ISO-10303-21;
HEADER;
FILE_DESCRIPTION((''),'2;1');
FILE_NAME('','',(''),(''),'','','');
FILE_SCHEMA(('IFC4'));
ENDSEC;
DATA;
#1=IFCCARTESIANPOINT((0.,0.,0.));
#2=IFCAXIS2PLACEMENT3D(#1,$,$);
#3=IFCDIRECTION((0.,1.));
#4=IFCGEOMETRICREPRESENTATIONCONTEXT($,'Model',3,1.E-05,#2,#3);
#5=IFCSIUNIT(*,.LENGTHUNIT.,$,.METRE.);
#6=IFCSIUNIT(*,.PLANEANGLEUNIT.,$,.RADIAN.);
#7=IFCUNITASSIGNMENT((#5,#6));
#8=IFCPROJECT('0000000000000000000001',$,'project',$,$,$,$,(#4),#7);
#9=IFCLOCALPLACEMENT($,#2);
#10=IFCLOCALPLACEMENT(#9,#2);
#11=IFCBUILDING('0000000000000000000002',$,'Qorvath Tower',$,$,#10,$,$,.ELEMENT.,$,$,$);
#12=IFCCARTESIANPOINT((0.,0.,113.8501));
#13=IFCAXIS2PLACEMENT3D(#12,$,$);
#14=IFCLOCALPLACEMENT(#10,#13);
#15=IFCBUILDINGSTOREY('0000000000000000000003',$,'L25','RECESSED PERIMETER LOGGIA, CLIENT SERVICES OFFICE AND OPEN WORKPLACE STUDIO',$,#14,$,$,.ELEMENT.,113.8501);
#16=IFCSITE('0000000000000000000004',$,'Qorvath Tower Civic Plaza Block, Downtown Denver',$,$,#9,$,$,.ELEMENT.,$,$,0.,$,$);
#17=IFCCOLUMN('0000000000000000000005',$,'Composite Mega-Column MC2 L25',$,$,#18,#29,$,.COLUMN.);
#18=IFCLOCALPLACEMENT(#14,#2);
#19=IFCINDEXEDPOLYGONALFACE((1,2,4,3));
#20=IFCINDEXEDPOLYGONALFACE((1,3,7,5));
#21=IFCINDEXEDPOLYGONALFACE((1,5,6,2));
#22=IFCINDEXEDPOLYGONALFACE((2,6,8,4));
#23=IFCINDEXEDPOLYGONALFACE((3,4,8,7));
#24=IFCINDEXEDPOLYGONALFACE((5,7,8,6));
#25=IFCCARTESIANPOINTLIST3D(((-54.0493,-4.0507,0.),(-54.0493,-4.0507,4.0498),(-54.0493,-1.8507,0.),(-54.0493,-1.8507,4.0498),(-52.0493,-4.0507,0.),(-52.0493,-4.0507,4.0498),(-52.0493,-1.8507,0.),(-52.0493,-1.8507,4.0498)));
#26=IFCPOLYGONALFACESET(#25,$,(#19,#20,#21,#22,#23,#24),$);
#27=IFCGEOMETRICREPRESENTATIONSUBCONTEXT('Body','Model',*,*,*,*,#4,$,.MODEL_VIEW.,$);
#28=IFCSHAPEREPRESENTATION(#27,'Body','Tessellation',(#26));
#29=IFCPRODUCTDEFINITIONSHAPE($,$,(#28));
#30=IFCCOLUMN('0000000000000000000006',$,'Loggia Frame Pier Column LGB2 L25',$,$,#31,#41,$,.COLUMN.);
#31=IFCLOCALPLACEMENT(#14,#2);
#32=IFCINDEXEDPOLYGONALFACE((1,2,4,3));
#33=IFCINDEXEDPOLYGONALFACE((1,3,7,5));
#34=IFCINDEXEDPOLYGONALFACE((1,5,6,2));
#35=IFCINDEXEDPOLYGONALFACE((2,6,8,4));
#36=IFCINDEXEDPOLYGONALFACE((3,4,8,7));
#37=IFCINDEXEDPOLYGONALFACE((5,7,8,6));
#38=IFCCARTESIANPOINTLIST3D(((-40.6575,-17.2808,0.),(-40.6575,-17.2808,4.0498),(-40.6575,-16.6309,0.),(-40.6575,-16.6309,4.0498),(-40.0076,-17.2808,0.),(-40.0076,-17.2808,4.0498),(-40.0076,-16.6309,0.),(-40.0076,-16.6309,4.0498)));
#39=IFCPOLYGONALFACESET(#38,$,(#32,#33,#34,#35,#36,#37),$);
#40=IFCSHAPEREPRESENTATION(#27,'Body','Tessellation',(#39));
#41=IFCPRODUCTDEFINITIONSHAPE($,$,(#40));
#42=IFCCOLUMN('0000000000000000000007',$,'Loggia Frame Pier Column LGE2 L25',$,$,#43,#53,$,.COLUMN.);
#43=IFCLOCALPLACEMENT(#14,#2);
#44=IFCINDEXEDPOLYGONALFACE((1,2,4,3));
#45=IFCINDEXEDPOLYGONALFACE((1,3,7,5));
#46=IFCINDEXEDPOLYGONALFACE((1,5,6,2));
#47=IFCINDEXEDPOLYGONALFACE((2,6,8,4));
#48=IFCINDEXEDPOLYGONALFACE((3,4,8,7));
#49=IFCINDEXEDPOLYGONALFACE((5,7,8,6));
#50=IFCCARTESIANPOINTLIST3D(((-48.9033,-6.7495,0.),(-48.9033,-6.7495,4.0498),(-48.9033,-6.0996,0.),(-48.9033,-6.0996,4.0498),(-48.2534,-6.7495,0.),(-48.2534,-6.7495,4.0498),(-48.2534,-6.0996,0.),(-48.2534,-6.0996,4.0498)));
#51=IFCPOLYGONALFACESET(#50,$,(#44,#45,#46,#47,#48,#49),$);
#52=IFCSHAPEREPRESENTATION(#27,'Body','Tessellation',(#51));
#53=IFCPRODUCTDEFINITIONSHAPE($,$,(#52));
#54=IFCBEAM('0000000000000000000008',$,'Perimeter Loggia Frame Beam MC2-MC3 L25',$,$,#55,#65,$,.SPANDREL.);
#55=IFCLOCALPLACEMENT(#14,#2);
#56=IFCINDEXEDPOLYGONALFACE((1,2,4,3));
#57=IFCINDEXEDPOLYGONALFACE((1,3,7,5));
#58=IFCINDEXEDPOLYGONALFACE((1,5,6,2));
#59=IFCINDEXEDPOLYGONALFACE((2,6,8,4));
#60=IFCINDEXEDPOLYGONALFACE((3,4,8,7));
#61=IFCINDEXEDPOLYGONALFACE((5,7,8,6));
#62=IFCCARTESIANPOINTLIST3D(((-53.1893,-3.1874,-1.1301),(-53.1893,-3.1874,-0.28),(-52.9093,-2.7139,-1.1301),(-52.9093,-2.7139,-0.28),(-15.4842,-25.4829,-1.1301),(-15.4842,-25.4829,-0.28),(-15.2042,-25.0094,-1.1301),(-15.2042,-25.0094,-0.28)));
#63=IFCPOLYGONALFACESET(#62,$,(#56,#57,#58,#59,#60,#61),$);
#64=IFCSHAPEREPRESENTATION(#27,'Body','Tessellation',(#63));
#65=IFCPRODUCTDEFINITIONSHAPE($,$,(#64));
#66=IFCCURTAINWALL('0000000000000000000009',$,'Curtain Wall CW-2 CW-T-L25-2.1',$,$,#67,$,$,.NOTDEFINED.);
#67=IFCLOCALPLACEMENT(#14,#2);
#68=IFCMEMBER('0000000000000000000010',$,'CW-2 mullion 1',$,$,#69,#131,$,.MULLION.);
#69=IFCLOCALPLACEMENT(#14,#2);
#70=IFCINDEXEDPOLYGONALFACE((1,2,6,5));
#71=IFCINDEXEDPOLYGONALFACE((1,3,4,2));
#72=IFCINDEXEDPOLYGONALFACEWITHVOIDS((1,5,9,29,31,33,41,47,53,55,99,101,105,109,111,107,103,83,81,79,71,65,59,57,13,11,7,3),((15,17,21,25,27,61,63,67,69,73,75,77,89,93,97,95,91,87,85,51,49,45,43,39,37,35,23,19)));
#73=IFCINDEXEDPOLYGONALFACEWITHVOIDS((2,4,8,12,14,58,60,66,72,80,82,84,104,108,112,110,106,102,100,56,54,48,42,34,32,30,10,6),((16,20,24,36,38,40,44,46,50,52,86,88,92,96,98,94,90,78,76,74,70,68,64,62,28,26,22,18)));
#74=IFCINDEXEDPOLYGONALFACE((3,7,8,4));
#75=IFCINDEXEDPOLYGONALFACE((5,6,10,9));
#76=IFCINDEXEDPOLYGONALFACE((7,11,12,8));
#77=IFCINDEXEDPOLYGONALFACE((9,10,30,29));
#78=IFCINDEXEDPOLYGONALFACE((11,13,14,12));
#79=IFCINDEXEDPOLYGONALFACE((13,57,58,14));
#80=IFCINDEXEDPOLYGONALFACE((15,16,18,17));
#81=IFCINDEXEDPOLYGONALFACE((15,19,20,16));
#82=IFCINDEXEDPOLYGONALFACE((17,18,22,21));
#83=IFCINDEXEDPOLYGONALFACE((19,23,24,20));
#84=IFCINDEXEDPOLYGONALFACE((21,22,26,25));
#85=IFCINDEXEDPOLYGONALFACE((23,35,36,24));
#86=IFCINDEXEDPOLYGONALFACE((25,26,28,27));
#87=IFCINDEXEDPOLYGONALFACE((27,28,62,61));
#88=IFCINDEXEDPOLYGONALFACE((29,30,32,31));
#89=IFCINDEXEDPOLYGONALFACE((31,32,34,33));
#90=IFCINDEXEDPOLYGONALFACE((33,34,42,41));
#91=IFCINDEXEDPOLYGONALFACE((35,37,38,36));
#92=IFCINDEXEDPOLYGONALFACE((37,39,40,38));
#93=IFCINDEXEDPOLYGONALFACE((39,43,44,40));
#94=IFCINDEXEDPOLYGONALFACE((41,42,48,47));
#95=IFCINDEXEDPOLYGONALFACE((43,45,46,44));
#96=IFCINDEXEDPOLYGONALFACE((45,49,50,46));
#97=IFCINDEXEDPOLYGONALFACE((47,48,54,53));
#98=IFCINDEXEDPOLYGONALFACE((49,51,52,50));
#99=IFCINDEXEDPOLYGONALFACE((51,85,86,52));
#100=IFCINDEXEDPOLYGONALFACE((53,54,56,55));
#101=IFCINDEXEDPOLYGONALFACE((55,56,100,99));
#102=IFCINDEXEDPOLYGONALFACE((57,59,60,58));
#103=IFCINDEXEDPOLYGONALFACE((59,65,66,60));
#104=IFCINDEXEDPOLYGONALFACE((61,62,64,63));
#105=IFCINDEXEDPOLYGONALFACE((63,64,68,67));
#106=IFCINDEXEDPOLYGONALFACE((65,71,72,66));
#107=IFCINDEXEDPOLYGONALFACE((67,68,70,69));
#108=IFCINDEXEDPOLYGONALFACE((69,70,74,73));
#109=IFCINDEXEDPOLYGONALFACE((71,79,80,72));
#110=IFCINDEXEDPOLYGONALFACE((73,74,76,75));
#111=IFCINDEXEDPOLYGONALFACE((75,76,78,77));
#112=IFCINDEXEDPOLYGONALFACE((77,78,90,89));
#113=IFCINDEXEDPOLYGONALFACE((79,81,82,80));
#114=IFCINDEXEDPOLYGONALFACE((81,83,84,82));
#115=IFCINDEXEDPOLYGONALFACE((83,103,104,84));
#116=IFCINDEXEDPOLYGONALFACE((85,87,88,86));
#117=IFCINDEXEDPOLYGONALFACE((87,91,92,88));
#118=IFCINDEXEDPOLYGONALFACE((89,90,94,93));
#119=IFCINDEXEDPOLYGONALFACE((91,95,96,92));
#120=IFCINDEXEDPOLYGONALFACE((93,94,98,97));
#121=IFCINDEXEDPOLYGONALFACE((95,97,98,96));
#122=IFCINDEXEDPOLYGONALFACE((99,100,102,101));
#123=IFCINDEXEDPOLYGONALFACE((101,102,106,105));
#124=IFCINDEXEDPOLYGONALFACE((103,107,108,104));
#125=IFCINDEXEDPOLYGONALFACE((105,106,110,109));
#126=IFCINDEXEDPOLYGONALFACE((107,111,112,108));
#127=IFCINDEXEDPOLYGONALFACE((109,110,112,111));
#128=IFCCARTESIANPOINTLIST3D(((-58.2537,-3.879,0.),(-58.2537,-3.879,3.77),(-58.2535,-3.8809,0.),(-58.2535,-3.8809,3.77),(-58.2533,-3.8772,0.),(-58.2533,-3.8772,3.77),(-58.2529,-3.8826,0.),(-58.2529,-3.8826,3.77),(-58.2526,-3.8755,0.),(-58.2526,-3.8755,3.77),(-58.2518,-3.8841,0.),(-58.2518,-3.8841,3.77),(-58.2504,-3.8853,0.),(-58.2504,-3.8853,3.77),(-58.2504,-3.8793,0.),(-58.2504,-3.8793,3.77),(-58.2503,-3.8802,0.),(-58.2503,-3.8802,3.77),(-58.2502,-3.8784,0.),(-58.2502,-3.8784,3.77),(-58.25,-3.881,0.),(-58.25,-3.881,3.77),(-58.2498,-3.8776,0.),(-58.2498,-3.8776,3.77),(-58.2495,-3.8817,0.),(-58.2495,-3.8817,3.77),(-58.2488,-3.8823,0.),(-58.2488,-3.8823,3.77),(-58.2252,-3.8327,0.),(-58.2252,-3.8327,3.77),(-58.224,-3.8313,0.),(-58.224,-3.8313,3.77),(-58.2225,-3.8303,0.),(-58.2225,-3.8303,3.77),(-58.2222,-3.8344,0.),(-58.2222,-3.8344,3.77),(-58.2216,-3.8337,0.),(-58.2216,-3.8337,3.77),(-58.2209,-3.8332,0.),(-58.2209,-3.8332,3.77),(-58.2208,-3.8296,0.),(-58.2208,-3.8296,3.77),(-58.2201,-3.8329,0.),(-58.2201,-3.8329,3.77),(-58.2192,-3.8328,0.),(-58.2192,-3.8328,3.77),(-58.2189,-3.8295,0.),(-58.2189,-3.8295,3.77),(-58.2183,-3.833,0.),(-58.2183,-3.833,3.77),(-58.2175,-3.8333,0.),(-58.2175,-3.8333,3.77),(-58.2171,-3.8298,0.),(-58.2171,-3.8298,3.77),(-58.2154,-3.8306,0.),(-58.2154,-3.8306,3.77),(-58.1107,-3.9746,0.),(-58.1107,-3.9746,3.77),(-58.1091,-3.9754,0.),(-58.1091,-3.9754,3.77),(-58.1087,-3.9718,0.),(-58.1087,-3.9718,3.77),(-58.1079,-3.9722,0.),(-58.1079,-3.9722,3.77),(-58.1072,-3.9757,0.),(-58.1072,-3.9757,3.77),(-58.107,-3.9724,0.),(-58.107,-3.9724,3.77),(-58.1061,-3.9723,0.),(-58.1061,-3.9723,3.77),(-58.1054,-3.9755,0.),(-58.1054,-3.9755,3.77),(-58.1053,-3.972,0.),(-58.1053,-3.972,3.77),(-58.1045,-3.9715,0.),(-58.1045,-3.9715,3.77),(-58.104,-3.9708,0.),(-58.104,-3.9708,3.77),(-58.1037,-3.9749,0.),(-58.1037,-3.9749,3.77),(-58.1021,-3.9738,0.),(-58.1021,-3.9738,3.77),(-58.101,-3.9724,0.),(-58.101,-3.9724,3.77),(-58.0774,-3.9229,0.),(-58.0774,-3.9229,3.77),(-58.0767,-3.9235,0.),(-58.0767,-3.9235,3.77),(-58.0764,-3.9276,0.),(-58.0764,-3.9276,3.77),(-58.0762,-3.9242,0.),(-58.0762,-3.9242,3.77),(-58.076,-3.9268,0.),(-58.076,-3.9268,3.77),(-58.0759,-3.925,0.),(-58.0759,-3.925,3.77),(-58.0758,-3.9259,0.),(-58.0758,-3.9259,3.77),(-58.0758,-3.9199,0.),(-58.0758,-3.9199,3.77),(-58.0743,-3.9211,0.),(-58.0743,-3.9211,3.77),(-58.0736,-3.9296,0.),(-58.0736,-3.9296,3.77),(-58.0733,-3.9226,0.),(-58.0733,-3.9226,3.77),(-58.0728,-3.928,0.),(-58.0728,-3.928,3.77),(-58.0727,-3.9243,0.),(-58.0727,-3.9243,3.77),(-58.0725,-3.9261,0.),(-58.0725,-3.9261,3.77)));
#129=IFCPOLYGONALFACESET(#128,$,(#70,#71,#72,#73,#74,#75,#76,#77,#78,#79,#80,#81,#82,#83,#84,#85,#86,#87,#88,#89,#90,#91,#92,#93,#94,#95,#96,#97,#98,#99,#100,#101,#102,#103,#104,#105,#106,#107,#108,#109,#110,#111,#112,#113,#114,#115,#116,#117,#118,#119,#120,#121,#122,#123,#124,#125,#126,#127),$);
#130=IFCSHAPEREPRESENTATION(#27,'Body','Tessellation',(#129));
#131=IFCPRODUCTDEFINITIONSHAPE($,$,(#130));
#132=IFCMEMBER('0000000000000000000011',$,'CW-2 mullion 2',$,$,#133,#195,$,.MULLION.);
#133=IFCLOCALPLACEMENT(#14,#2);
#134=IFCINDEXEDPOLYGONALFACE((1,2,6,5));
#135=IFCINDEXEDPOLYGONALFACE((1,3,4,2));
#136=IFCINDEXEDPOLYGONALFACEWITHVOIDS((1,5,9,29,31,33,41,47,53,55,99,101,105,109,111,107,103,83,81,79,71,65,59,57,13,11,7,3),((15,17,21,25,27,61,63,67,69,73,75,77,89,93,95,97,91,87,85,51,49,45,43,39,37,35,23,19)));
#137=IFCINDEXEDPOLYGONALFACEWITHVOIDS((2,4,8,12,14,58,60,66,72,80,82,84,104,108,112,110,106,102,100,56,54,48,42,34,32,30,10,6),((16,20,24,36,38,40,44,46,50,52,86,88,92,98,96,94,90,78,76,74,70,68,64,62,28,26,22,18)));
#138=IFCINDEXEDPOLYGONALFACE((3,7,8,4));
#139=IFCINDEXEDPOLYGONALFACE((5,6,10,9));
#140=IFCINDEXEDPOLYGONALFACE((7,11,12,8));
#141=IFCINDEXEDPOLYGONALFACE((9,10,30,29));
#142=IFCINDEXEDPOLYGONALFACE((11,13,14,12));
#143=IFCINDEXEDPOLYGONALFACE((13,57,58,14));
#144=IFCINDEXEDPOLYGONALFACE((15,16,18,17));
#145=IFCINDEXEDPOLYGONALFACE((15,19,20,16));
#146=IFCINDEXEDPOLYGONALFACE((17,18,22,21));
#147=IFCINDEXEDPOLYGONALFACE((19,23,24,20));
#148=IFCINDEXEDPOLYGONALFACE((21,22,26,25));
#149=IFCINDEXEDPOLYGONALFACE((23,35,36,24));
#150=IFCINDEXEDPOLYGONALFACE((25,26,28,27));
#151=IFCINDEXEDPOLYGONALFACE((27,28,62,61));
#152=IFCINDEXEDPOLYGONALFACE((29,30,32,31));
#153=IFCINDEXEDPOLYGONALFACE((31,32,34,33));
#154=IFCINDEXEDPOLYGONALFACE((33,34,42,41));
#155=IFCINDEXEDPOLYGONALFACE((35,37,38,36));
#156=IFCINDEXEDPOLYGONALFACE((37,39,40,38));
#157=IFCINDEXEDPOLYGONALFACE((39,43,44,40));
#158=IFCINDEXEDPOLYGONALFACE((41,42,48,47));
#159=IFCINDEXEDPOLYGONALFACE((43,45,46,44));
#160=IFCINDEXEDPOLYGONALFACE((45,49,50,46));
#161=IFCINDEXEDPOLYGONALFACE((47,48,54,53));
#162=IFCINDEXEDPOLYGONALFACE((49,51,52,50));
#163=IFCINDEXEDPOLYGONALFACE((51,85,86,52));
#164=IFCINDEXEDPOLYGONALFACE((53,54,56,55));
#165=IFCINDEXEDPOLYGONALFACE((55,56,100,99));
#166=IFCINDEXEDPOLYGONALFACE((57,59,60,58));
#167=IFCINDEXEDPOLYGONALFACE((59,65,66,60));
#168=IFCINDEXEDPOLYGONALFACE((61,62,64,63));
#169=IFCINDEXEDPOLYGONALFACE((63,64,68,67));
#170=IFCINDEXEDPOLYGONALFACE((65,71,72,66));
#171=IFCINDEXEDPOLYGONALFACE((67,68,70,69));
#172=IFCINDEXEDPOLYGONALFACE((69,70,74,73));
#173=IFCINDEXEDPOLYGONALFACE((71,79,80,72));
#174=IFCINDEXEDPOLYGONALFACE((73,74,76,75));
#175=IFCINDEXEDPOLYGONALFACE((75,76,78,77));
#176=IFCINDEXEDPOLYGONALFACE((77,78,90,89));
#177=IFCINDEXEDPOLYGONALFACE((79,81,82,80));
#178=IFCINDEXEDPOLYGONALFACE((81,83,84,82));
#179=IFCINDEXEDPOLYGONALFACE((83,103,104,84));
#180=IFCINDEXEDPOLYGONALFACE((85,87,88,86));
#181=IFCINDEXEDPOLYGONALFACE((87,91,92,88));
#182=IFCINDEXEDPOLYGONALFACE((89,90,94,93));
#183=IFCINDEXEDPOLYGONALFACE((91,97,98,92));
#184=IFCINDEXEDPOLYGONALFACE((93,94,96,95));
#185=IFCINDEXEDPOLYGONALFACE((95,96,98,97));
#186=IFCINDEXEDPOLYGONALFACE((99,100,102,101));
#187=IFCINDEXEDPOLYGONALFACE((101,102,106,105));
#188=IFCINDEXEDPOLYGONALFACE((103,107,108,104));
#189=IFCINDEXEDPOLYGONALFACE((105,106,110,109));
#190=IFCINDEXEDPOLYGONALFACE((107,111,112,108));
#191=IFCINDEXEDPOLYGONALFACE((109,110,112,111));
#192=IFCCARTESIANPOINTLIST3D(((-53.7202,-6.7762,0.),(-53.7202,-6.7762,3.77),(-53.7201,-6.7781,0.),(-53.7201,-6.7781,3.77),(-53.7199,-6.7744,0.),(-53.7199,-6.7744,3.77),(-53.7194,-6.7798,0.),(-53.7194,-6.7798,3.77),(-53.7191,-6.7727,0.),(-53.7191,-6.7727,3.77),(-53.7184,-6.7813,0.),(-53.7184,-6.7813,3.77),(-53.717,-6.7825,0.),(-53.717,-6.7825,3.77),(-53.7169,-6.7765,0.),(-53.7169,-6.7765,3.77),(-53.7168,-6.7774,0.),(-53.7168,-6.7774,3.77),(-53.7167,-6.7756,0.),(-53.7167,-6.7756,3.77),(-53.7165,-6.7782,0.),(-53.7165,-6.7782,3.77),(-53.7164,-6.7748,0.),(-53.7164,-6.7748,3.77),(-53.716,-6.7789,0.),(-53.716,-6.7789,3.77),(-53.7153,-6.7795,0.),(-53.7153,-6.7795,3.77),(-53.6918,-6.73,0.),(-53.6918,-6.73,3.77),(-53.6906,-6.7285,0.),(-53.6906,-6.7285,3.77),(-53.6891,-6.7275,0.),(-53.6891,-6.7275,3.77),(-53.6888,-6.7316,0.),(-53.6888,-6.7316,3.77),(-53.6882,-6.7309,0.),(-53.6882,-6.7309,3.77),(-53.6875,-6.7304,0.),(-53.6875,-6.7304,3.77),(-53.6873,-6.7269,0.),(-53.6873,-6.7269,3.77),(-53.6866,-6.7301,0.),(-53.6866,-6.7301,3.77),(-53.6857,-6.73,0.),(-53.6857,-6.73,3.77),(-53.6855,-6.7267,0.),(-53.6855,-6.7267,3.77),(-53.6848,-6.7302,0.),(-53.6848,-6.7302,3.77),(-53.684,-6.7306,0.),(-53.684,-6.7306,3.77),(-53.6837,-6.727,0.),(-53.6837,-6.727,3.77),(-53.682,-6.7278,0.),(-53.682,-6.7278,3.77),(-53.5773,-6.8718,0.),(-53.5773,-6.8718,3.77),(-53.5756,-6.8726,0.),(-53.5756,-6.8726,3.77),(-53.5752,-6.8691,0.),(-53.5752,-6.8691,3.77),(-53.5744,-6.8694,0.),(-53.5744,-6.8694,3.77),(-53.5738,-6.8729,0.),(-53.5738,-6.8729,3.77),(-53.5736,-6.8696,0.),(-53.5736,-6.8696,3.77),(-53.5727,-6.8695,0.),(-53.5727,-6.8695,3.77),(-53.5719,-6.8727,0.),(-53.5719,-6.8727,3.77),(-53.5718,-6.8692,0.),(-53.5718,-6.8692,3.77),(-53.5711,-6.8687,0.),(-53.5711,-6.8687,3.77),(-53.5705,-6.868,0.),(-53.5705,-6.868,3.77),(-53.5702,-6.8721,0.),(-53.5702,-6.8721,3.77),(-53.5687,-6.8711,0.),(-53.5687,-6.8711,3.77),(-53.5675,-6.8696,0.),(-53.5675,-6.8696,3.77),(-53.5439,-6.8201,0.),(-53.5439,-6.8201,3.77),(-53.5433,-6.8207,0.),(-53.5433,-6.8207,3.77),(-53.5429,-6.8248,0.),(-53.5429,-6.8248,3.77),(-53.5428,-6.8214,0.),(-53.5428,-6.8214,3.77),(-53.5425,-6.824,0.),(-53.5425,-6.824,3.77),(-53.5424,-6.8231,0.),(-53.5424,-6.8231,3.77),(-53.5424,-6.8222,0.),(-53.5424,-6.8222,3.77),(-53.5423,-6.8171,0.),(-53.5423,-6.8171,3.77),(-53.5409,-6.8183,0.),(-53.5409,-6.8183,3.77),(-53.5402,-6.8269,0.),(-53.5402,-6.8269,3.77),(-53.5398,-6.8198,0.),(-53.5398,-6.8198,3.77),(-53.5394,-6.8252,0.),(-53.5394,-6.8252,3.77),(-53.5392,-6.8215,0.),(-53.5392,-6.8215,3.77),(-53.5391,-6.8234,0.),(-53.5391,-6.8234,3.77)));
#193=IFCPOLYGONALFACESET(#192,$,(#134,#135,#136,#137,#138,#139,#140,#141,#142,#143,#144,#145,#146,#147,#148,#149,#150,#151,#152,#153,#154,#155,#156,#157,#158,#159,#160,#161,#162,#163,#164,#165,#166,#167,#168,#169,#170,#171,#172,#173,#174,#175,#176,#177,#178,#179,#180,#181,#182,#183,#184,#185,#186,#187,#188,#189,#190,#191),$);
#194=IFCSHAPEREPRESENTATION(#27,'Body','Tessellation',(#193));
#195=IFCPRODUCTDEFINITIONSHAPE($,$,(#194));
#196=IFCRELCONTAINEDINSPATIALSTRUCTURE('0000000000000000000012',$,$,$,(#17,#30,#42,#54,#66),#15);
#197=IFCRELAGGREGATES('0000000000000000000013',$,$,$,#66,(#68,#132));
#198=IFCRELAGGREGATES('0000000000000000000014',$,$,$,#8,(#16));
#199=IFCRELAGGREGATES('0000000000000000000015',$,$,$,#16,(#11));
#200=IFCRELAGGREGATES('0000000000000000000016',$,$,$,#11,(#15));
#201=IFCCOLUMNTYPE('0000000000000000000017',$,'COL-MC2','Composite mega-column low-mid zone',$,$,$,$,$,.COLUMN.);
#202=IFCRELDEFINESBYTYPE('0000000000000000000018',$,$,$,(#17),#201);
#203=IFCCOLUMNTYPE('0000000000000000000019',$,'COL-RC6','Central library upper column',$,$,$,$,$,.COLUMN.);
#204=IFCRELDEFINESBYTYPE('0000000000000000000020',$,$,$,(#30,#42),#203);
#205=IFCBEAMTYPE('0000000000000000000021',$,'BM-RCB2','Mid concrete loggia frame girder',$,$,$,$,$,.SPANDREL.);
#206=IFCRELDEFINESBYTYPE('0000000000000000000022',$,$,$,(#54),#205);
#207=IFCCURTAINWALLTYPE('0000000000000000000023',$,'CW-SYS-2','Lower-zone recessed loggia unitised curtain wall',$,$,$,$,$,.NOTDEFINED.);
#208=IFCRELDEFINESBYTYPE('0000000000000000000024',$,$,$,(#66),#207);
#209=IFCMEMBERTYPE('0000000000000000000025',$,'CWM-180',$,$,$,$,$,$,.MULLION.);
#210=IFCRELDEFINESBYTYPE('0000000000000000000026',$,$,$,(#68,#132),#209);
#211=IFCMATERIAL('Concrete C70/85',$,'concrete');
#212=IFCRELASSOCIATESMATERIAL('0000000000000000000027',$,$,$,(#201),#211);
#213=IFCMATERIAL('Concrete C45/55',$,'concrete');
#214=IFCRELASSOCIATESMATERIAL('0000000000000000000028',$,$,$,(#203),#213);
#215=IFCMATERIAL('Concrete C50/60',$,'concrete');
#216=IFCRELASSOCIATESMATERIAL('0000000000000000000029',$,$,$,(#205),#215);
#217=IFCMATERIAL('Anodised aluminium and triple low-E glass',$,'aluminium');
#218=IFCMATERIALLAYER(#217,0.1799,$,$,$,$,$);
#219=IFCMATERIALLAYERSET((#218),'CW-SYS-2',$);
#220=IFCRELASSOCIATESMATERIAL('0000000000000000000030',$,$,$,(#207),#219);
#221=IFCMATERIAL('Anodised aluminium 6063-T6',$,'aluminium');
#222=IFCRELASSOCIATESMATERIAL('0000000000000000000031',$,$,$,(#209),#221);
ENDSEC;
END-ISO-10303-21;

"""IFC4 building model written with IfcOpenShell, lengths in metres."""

from ifc_helpers import new_model, si_unit, direction, frame, origin, origin_2d, place, context, subcontext, project, spatial, rectangle, hollow_rectangle, extrude, material, layer, layer_set, material_profile, profile_set, type_object, element, aggregate, save


model = new_model("IFC4")

# Units and contexts
model_context = context("Model", 3, precision=1e-05, world=origin(), true_north=direction((0.0, 1.0)))
body_context = subcontext(model_context, "Body", "Model", "MODEL_VIEW")
ifc_project = project(units=[si_unit("LENGTHUNIT", "METRE"), si_unit("PLANEANGLEUNIT", "RADIAN")], contexts=[model_context])

# Site, building, storey
site_placement = place(None, origin())
site = spatial("IfcSite", under=ifc_project, at=site_placement, Name="Qorvath Tower Civic Plaza Block, Downtown Denver", CompositionType="ELEMENT", RefElevation=0.0)
building_placement = place(site_placement, origin())
building = spatial("IfcBuilding", under=site, at=building_placement, Name="Qorvath Tower", CompositionType="ELEMENT")
storey_placement = place(building_placement, frame((0.0, 0.0, 113.8501)))
storey = spatial("IfcBuildingStorey", under=building, at=storey_placement, Name="L25", Description="RECESSED PERIMETER LOGGIA, CLIENT SERVICES OFFICE AND OPEN WORKPLACE STUDIO", CompositionType="ELEMENT", Elevation=113.8501)

# Columns
ifc_material_1 = material(Name="Concrete C70/85", Category="concrete")
ifc_material_profile_1 = material_profile(ifc_material_1, rectangle(XDim=2.0, YDim=2.2, at=origin_2d()), Name="MC 2200x2000")
ifc_profile_set_1 = profile_set([ifc_material_profile_1], Name="Concrete C70/85")
column_type_1 = type_object("IfcColumnType", Name="COL-MC2", Description="Composite mega-column low-mid zone", PredefinedType="COLUMN", material=ifc_profile_set_1)
column_placement = place(storey_placement, frame((-53.0493, -2.9507, 0.0), z_axis=(0.0, 0.0, 1.0), x_axis=(1.0, 0.0, 0.0)))
element("IfcColumn", 1, at=column_placement, inside=storey, type_object=column_type_1, Name="Composite Mega-Column MC2 L25", PredefinedType="COLUMN", context=body_context, shape_type="SweptSolid", body=[
    extrude(rectangle(XDim=2.0, YDim=2.2, at=origin_2d()), origin(), (0.0, 0.0, 1.0), 4.0498),
])
ifc_material_2 = material(Name="Concrete C45/55", Category="concrete")
ifc_material_profile_2 = material_profile(ifc_material_2, rectangle(XDim=0.6499, YDim=0.6499, at=origin_2d()), Name="RC 650x650")
ifc_profile_set_2 = profile_set([ifc_material_profile_2], Name="Concrete C45/55")
column_type_2 = type_object("IfcColumnType", Name="COL-RC6", Description="Central library upper column", PredefinedType="COLUMN", material=ifc_profile_set_2)
for number, where, z_axis, x_axis, name in (
    (2, (-40.3325, -16.9558, 0.0), (0.0, 0.0, 1.0), (1.0, 0.0, 0.0), "Loggia Frame Pier Column LGB2 L25"),
    (3, (-48.5784, -6.4246, 0.0), (0.0, 0.0, 1.0), (1.0, 0.0, 0.0), "Loggia Frame Pier Column LGE2 L25"),
):
    element("IfcColumn", number, at=place(storey_placement, frame(where, z_axis=z_axis, x_axis=x_axis)), inside=storey, type_object=column_type_2, Name=name, PredefinedType="COLUMN", context=body_context, shape_type="SweptSolid", body=[
        extrude(rectangle(XDim=0.6499, YDim=0.6499, at=origin_2d()), origin(), (0.0, 0.0, 1.0), 4.0498),
    ])

# Beam
ifc_material_3 = material(Name="Concrete C50/60", Category="concrete")
ifc_material_profile_3 = material_profile(ifc_material_3, rectangle(XDim=0.55, YDim=0.8501, at=origin_2d()), Name="RCB 850x550")
ifc_profile_set_3 = profile_set([ifc_material_profile_3], Name="Concrete C50/60")
beam_type = type_object("IfcBeamType", Name="BM-RCB2", Description="Mid concrete loggia frame girder", PredefinedType="SPANDREL", material=ifc_profile_set_3)
beam_placement = place(storey_placement, frame((-53.0493, -2.9507, -0.7051), z_axis=(0.860775, -0.508985, 0.0), x_axis=(0.508985, 0.860775, 0.0)))
element("IfcBeam", 4, at=beam_placement, inside=storey, type_object=beam_type, Name="Perimeter Loggia Frame Beam MC2-MC3 L25", PredefinedType="SPANDREL", context=body_context, shape_type="SweptSolid", body=[
    extrude(rectangle(XDim=0.55, YDim=0.8501, at=origin_2d()), origin(), (0.0, 0.0, 1.0), 43.8037),
])

# Curtain wall, members
ifc_material_4 = material(Name="Anodised aluminium and triple low-E glass", Category="aluminium")
ifc_layer_1 = layer(ifc_material_4, 0.1799)
ifc_layer_set_1 = layer_set([ifc_layer_1], Name="CW-SYS-2")
curtain_wall_type = type_object("IfcCurtainWallType", Name="CW-SYS-2", Description="Lower-zone recessed loggia unitised curtain wall", PredefinedType="NOTDEFINED", material=ifc_layer_set_1)
curtain_wall_placement = place(storey_placement, origin())
curtain_wall = element("IfcCurtainWall", 5, at=curtain_wall_placement, inside=storey, type_object=curtain_wall_type, Name="Curtain Wall CW-2 CW-T-L25-2.1", PredefinedType="NOTDEFINED")
ifc_material_5 = material(Name="Anodised aluminium 6063-T6", Category="aluminium")
ifc_material_profile_4 = material_profile(ifc_material_5, hollow_rectangle(XDim=0.0649, YDim=0.1799, WallThickness=0.0034, InnerFilletRadius=0.0034, OuterFilletRadius=0.0071, at=origin_2d()), Name="CWM 180x65")
ifc_profile_set_4 = profile_set([ifc_material_profile_4], Name="Anodised aluminium 6063-T6")
member_type_1 = type_object("IfcMemberType", Name="CWM-180", PredefinedType="MULLION", material=ifc_profile_set_4)
member_1_placement = place(storey_placement, frame((-58.1631, -3.9026, 0.0), z_axis=(0.0, 0.0, 1.0), x_axis=(0.53853, 0.842606, 0.0)))
member_1 = element("IfcMember", 6, at=member_1_placement, type_object=member_type_1, Name="CW-2 mullion 1", PredefinedType="MULLION", context=body_context, shape_type="SweptSolid", body=[
    extrude(hollow_rectangle(XDim=0.0649, YDim=0.1799, WallThickness=0.0034, InnerFilletRadius=0.0034, OuterFilletRadius=0.0071, at=origin_2d()), origin(), (0.0, 0.0, 1.0), 3.77),
])
member_2_placement = place(storey_placement, frame((-53.6296, -6.7998, 0.0), z_axis=(0.0, 0.0, 1.0), x_axis=(0.53853, 0.842606, 0.0)))
member_2 = element("IfcMember", 7, at=member_2_placement, type_object=member_type_1, Name="CW-2 mullion 2", PredefinedType="MULLION", context=body_context, shape_type="SweptSolid", body=[
    extrude(hollow_rectangle(XDim=0.0649, YDim=0.1799, WallThickness=0.0034, InnerFilletRadius=0.0034, OuterFilletRadius=0.0071, at=origin_2d()), origin(), (0.0, 0.0, 1.0), 3.77),
])
aggregate(curtain_wall, [member_1, member_2])

save(model, "model.ifc")
